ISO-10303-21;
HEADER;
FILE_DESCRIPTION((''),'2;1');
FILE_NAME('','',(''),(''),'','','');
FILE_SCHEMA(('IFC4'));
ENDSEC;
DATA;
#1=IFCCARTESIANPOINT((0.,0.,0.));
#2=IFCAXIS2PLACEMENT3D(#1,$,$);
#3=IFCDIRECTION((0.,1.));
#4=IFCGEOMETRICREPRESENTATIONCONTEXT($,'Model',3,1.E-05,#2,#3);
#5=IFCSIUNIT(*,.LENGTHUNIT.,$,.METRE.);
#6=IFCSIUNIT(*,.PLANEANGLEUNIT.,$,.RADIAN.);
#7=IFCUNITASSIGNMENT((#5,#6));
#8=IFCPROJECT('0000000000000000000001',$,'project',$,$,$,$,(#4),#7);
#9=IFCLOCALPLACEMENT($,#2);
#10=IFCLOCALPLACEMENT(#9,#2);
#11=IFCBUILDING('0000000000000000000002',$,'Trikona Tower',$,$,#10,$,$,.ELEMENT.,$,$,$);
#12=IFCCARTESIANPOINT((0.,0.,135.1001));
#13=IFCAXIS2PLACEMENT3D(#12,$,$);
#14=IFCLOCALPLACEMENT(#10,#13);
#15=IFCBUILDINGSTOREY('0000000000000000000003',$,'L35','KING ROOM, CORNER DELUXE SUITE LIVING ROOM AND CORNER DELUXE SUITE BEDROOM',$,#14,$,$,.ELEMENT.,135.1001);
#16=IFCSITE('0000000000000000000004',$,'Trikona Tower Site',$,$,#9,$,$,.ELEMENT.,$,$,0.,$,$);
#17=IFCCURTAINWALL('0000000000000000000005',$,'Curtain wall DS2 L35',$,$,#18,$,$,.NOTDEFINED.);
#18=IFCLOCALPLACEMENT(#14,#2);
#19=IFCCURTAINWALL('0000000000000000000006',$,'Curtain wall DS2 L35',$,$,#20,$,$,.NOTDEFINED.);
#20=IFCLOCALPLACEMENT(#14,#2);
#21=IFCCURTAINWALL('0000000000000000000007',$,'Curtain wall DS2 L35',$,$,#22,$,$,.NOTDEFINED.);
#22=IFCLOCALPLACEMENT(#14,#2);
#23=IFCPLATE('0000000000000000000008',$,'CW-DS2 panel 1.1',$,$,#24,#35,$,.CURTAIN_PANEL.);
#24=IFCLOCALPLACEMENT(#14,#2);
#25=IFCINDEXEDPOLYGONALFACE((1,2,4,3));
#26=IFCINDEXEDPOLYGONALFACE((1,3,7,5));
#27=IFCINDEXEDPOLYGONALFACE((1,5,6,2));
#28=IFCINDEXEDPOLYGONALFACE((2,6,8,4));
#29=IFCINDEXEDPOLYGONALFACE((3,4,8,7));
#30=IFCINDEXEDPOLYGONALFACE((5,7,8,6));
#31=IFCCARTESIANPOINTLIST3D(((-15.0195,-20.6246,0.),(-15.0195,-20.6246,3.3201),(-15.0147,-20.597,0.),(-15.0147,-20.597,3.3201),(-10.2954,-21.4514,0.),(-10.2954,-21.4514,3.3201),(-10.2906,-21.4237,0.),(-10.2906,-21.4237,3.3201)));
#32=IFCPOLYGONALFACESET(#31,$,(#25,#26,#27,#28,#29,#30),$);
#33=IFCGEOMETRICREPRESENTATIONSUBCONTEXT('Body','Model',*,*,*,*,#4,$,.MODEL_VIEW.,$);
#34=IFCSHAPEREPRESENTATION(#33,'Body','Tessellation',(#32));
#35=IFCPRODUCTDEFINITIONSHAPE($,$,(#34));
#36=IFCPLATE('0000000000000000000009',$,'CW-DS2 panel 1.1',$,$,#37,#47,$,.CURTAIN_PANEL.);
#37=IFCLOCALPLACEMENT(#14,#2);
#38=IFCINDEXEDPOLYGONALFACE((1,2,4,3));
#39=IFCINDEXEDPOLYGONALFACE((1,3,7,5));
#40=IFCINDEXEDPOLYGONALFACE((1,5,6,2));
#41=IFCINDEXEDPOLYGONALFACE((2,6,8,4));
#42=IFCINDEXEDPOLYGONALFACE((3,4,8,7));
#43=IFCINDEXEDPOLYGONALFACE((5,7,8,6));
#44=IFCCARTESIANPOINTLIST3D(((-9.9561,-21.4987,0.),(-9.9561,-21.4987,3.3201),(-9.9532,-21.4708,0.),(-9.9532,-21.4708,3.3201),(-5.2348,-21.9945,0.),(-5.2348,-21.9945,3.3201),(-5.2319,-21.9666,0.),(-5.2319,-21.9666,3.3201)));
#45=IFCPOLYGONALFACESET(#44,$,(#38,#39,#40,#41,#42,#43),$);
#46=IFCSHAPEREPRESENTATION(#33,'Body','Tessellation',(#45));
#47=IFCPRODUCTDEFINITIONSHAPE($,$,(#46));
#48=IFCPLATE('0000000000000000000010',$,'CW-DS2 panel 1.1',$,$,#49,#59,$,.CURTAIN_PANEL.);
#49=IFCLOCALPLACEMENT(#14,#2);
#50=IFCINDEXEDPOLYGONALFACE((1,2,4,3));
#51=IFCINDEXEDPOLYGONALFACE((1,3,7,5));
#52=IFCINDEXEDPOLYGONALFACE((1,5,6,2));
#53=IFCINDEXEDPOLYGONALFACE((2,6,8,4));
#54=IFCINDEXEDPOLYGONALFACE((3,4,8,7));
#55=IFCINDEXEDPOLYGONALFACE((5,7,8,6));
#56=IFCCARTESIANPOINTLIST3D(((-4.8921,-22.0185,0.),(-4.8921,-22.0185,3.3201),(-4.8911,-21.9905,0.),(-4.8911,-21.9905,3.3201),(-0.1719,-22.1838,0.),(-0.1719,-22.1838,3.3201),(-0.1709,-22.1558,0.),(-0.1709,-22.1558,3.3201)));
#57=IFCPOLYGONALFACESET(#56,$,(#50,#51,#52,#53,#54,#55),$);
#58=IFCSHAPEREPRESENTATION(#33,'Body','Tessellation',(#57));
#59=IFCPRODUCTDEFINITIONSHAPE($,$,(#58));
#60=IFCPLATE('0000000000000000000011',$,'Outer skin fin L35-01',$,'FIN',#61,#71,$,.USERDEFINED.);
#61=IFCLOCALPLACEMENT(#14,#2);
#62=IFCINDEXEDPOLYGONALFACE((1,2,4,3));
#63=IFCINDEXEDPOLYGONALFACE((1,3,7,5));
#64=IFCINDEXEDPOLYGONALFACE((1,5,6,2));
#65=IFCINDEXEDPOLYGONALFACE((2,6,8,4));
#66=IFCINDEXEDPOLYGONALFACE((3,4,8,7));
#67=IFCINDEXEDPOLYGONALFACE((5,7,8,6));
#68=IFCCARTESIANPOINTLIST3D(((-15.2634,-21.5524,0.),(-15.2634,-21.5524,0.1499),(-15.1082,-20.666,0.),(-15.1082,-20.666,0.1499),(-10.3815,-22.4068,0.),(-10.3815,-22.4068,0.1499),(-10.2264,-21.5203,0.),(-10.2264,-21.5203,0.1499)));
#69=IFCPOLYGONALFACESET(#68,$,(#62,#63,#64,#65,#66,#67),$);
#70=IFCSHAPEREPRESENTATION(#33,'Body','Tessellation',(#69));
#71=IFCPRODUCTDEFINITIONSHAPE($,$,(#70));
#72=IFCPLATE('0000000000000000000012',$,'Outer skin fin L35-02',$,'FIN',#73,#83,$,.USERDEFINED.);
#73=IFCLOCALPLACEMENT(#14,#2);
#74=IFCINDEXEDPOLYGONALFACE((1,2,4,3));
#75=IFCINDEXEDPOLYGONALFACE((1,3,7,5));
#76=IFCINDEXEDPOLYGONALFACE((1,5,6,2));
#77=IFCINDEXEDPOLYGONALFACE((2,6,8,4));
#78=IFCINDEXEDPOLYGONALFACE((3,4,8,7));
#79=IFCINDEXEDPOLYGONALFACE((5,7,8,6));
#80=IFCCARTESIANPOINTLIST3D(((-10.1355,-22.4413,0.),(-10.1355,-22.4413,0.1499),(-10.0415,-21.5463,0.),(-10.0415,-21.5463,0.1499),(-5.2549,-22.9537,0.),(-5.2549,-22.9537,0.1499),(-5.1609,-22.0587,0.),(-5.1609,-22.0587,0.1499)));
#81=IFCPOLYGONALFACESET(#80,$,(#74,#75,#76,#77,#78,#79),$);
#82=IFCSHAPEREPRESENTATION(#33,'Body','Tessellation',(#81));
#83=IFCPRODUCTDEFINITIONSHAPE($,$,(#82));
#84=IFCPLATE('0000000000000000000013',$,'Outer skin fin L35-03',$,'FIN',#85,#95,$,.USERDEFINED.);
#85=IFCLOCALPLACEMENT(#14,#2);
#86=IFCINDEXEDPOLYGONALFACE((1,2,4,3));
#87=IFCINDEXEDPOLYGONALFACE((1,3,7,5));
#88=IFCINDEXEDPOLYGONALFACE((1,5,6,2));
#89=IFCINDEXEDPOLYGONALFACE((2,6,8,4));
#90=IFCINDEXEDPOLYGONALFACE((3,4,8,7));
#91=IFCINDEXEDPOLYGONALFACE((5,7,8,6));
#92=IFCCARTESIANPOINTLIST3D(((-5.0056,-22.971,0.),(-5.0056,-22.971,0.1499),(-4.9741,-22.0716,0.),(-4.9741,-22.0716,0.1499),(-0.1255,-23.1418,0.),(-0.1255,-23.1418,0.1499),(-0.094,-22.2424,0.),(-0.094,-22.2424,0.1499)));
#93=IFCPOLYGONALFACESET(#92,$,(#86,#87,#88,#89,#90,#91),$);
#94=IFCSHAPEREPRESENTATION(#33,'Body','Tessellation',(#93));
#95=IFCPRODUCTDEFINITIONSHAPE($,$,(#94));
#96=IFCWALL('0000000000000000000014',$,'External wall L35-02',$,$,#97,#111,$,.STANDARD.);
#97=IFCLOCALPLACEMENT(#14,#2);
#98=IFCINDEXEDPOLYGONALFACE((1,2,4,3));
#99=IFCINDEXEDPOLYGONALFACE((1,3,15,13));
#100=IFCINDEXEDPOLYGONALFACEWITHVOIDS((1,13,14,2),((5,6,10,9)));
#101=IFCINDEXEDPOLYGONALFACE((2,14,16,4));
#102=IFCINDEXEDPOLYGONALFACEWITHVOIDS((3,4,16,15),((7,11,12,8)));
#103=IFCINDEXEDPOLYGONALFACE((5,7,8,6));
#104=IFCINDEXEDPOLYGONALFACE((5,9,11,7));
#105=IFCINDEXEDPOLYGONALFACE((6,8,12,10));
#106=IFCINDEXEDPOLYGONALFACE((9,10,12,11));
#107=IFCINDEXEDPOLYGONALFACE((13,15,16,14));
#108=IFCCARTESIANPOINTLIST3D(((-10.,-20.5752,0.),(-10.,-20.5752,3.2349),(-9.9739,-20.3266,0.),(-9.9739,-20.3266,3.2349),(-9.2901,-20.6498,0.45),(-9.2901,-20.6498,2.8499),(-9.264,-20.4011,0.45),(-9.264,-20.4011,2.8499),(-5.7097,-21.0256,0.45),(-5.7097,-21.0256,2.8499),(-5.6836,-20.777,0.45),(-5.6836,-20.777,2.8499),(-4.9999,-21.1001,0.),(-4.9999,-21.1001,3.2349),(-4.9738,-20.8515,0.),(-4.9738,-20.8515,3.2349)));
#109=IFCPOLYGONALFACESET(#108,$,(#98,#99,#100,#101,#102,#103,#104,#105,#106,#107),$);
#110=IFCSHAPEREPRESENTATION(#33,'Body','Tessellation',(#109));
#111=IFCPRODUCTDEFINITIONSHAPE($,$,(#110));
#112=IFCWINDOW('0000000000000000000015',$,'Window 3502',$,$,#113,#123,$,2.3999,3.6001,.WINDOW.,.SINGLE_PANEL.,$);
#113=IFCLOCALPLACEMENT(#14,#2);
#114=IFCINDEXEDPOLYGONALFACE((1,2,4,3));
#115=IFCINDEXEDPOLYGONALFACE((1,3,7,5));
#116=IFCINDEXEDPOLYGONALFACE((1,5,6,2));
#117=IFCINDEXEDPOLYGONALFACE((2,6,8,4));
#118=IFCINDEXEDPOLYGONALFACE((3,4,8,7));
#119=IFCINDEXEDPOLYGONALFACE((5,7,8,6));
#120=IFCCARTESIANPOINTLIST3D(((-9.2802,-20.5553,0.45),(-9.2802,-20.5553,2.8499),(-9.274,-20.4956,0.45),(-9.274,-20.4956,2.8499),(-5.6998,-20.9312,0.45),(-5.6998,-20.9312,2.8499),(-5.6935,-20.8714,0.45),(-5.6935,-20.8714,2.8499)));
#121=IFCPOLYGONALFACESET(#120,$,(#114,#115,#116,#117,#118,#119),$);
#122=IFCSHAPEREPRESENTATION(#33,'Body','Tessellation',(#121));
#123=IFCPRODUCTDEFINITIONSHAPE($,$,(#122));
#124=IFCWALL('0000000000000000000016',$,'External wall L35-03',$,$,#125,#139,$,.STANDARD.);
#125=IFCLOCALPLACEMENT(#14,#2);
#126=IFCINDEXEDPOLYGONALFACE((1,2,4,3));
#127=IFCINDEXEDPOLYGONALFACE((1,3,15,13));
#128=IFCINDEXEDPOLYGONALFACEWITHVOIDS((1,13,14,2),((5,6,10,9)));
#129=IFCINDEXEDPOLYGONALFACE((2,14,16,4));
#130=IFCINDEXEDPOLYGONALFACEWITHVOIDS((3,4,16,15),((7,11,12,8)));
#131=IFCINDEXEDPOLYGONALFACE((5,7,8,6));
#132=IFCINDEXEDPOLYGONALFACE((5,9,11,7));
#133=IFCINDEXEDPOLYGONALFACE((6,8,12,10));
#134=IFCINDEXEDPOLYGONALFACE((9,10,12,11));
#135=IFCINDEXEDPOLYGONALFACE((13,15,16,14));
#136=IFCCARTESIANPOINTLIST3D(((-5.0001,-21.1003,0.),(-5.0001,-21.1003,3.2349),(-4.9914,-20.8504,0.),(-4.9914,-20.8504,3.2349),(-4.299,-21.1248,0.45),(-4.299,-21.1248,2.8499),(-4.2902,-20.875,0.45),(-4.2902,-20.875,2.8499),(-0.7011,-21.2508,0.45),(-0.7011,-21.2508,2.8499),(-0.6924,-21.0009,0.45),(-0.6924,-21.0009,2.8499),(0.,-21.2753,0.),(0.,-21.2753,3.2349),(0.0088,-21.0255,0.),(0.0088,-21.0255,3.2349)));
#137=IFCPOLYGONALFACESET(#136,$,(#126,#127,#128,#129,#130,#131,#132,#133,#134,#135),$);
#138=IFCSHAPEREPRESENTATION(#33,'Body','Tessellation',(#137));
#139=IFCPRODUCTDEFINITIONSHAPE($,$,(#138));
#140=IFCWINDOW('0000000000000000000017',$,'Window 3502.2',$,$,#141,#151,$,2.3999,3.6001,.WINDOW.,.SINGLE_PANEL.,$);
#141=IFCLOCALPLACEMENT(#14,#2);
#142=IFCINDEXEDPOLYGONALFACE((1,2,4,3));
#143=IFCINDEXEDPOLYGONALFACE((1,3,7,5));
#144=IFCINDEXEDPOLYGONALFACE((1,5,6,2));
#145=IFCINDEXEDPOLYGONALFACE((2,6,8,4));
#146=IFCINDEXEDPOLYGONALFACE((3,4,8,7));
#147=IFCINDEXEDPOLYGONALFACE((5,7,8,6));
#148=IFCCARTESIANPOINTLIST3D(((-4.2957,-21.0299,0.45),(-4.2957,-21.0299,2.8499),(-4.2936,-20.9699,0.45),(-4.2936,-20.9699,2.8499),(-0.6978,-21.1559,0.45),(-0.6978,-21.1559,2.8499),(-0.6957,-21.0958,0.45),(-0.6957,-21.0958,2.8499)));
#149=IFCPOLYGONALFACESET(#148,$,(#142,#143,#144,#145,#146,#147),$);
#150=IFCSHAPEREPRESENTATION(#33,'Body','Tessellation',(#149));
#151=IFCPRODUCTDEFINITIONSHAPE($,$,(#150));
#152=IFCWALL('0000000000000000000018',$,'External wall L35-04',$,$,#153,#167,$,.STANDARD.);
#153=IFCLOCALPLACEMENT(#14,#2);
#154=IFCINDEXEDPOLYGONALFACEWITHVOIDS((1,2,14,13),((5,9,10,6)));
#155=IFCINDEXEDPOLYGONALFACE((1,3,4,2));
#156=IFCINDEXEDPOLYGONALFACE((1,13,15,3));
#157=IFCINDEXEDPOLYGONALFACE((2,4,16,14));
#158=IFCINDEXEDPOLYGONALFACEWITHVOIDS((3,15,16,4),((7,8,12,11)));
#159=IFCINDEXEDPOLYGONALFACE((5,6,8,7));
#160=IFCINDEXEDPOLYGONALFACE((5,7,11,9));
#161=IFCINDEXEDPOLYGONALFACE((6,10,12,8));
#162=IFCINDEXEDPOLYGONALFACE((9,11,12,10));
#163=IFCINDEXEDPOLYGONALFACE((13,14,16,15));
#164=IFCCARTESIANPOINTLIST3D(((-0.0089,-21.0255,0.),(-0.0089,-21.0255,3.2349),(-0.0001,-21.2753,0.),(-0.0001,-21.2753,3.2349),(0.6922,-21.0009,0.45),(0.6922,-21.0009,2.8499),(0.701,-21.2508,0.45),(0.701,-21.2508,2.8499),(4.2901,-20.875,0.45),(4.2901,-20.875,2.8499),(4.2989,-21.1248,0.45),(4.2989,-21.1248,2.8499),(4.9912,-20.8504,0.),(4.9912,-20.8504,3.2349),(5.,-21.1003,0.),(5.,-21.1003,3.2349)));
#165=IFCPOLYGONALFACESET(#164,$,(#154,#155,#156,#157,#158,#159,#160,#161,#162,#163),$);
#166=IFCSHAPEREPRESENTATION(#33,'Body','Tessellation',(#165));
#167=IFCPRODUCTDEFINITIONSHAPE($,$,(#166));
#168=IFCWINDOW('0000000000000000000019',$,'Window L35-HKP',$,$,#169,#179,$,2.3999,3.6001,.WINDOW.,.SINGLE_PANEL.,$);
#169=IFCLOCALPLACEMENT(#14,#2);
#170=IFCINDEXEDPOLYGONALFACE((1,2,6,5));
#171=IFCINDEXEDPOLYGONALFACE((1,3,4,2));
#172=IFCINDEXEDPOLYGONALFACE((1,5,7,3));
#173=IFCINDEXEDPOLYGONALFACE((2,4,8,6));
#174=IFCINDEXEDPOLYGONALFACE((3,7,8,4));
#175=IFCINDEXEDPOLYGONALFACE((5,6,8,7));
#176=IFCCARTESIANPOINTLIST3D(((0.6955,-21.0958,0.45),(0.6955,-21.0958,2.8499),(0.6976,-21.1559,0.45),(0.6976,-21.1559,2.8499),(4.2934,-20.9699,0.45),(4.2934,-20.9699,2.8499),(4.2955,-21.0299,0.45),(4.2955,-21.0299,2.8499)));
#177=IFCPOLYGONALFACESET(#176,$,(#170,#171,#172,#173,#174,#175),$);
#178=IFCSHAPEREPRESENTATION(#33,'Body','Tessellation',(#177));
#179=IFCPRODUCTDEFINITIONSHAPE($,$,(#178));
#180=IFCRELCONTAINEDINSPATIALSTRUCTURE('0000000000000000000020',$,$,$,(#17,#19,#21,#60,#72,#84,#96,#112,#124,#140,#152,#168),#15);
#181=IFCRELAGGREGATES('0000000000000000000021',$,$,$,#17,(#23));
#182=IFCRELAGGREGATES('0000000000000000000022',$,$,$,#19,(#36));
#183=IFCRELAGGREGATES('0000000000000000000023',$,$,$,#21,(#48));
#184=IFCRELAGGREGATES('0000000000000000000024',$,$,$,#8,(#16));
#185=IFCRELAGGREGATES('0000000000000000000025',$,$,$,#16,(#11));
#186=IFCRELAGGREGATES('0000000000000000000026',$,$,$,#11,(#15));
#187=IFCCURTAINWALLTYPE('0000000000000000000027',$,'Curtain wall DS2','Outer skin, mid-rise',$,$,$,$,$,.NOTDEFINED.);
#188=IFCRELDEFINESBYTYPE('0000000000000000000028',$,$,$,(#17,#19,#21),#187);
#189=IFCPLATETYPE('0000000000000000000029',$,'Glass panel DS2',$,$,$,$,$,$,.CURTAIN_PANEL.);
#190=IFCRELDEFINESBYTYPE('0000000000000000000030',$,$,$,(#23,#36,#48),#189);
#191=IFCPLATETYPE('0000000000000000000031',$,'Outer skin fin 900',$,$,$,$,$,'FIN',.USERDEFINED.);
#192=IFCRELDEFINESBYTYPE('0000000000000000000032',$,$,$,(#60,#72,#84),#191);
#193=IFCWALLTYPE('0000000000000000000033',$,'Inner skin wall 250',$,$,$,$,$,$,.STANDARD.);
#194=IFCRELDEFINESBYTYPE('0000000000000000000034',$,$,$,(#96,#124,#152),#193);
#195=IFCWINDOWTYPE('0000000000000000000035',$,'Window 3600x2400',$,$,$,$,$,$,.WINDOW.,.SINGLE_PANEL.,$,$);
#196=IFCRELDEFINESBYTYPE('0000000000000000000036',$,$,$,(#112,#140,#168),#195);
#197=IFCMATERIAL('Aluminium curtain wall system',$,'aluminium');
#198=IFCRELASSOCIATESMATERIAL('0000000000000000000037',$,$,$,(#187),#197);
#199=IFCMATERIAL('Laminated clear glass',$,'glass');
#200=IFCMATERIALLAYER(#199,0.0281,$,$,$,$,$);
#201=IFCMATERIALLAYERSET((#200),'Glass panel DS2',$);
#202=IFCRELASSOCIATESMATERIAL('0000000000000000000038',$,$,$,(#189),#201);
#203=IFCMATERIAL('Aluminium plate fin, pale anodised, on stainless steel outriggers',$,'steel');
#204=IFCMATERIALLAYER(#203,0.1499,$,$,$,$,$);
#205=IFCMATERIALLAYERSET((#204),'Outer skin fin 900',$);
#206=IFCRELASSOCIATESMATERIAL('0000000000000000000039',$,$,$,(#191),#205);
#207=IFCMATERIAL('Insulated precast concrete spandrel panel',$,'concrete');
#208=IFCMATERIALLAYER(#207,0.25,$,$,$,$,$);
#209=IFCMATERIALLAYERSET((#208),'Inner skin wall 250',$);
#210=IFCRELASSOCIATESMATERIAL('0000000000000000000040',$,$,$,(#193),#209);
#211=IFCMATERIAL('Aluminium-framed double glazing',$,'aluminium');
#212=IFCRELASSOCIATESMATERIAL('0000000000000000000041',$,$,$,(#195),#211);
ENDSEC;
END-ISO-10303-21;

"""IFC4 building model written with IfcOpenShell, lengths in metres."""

from ifc_helpers import new_model, si_unit, direction, frame, frame_2d, origin, origin_2d, place, context, subcontext, project, spatial, rectangle, extrude, material, layer, layer_set, type_object, element, fill, aggregate, save


model = new_model("IFC4")

# Units and contexts
model_context = context("Model", 3, precision=1e-05, world=origin(), true_north=direction((0.0, 1.0)))
body_context = subcontext(model_context, "Body", "Model", "MODEL_VIEW")
ifc_project = project(units=[si_unit("LENGTHUNIT", "METRE"), si_unit("PLANEANGLEUNIT", "RADIAN")], contexts=[model_context])

# Site, building, storey
site_placement = place(None, origin())
site = spatial("IfcSite", under=ifc_project, at=site_placement, Name="Trikona Tower Site", CompositionType="ELEMENT", RefElevation=0.0)
building_placement = place(site_placement, origin())
building = spatial("IfcBuilding", under=site, at=building_placement, Name="Trikona Tower", CompositionType="ELEMENT")
storey_placement = place(building_placement, frame((0.0, 0.0, 135.1001)))
storey = spatial("IfcBuildingStorey", under=building, at=storey_placement, Name="L35", Description="KING ROOM, CORNER DELUXE SUITE LIVING ROOM AND CORNER DELUXE SUITE BEDROOM", CompositionType="ELEMENT", Elevation=135.1001)

# Curtain wall
ifc_material_1 = material(Name="Aluminium curtain wall system", Category="aluminium")
curtain_wall_type = type_object("IfcCurtainWallType", Name="Curtain wall DS2", Description="Outer skin, mid-rise", PredefinedType="NOTDEFINED", material=ifc_material_1)
curtain_wall_1_placement = place(storey_placement, origin())
curtain_wall_1 = element("IfcCurtainWall", 1, at=curtain_wall_1_placement, inside=storey, type_object=curtain_wall_type, Name="Curtain wall DS2 L35", PredefinedType="NOTDEFINED")

# Curtain walls
curtain_wall_2_placement = place(storey_placement, origin())
curtain_wall_2 = element("IfcCurtainWall", 2, at=curtain_wall_2_placement, inside=storey, type_object=curtain_wall_type, Name="Curtain wall DS2 L35", PredefinedType="NOTDEFINED")
curtain_wall_3_placement = place(storey_placement, origin())
curtain_wall_3 = element("IfcCurtainWall", 3, at=curtain_wall_3_placement, inside=storey, type_object=curtain_wall_type, Name="Curtain wall DS2 L35", PredefinedType="NOTDEFINED")

# Plates
ifc_material_2 = material(Name="Laminated clear glass", Category="glass")
ifc_layer_1 = layer(ifc_material_2, 0.0281)
ifc_layer_set_1 = layer_set([ifc_layer_1], Name="Glass panel DS2")
plate_type_1 = type_object("IfcPlateType", Name="Glass panel DS2", PredefinedType="CURTAIN_PANEL", material=ifc_layer_set_1)
plate_1_placement = place(storey_placement, frame((-12.655, -21.0242, 0.0), z_axis=(0.0, 0.0, 1.0), x_axis=(0.985031, -0.172377, 0.0)))
plate_1 = element("IfcPlate", 4, at=plate_1_placement, type_object=plate_type_1, Name="CW-DS2 panel 1.1", PredefinedType="CURTAIN_PANEL", context=body_context, shape_type="SweptSolid", body=[
    extrude(rectangle(XDim=4.7959, YDim=0.0281, at=origin_2d()), origin(), (0.0, 0.0, 1.0), 3.3201),
])
aggregate(curtain_wall_1, [plate_1])
plate_2_placement = place(storey_placement, frame((-7.594, -21.7327, 0.0), z_axis=(0.0, 0.0, 1.0), x_axis=(0.994532, -0.104433, 0.0)))
plate_2 = element("IfcPlate", 5, at=plate_2_placement, type_object=plate_type_1, Name="CW-DS2 panel 1.1", PredefinedType="CURTAIN_PANEL", context=body_context, shape_type="SweptSolid", body=[
    extrude(rectangle(XDim=4.7473, YDim=0.0281, at=origin_2d()), origin(), (0.0, 0.0, 1.0), 3.3201),
])
aggregate(curtain_wall_2, [plate_2])
plate_3_placement = place(storey_placement, frame((-2.5315, -22.0872, 0.0), z_axis=(0.0, 0.0, 1.0), x_axis=(0.999387, -0.034998, 0.0)))
plate_3 = element("IfcPlate", 6, at=plate_3_placement, type_object=plate_type_1, Name="CW-DS2 panel 1.1", PredefinedType="CURTAIN_PANEL", context=body_context, shape_type="SweptSolid", body=[
    extrude(rectangle(XDim=4.7231, YDim=0.0281, at=origin_2d()), origin(), (0.0, 0.0, 1.0), 3.3201),
])
aggregate(curtain_wall_3, [plate_3])

# Plates
ifc_material_3 = material(Name="Aluminium plate fin, pale anodised, on stainless steel outriggers", Category="steel")
ifc_layer_2 = layer(ifc_material_3, 0.1499)
ifc_layer_set_2 = layer_set([ifc_layer_2], Name="Outer skin fin 900")
plate_type_2 = type_object("IfcPlateType", Name="Outer skin fin 900", ElementType="FIN", PredefinedType="USERDEFINED", material=ifc_layer_set_2)
plate_4_placement = place(storey_placement, frame((-12.7449, -21.5364, 0.0), z_axis=(0.0, 0.0, 1.0), x_axis=(0.985031, -0.17238, 0.0)))
element("IfcPlate", 7, at=plate_4_placement, inside=storey, type_object=plate_type_2, Name="Outer skin fin L35-01", ObjectType="FIN", PredefinedType="USERDEFINED", context=body_context, shape_type="SweptSolid", body=[
    extrude(rectangle(XDim=4.9561, YDim=0.8999, at=origin_2d()), origin(), (0.0, 0.0, 1.0), 0.1499),
])
plate_5_placement = place(storey_placement, frame((-7.6482, -22.25, 0.0), z_axis=(0.0, 0.0, 1.0), x_axis=(0.994533, -0.104426, 0.0)))
element("IfcPlate", 8, at=plate_5_placement, inside=storey, type_object=plate_type_2, Name="Outer skin fin L35-02", ObjectType="FIN", PredefinedType="USERDEFINED", context=body_context, shape_type="SweptSolid", body=[
    extrude(rectangle(XDim=4.9075, YDim=0.8999, at=origin_2d()), origin(), (0.0, 0.0, 1.0), 0.1499),
])
plate_6_placement = place(storey_placement, frame((-2.5498, -22.6067, 0.0), z_axis=(0.0, 0.0, 1.0), x_axis=(0.999388, -0.034978, 0.0)))
element("IfcPlate", 9, at=plate_6_placement, inside=storey, type_object=plate_type_2, Name="Outer skin fin L35-03", ObjectType="FIN", PredefinedType="USERDEFINED", context=body_context, shape_type="SweptSolid", body=[
    extrude(rectangle(XDim=4.8831, YDim=0.8999, at=origin_2d()), origin(), (0.0, 0.0, 1.0), 0.1499),
])

# Walls, openings, windows
ifc_material_4 = material(Name="Insulated precast concrete spandrel panel", Category="concrete")
ifc_layer_3 = layer(ifc_material_4, 0.25)
ifc_layer_set_3 = layer_set([ifc_layer_3], Name="Inner skin wall 250")
wall_type = type_object("IfcWallType", Name="Inner skin wall 250", PredefinedType="STANDARD", material=ifc_layer_set_3)
wall_1_placement = place(storey_placement, frame((-9.9868, -20.4509, 0.0), z_axis=(0.0, 0.0, 1.0), x_axis=(0.994535, -0.104407, 0.0)))
wall_1 = element("IfcWall", 10, at=wall_1_placement, inside=storey, type_object=wall_type, Name="External wall L35-02", PredefinedType="STANDARD", context=body_context, shape_type="SweptSolid", body=[
    extrude(rectangle(XDim=5.0276, YDim=0.25, at=frame_2d((2.5137, 0.0))), origin(), (0.0, 0.0, 1.0), 3.2349),
])
opening_1_placement = place(wall_1_placement, frame((0.7136, 0.0, 0.45)))
opening_1 = element("IfcOpeningElement", 11, at=opening_1_placement, cuts=wall_1, PredefinedType="OPENING", context=body_context, shape_type="SweptSolid", body=[
    extrude(rectangle(XDim=3.6001, YDim=2.3999, at=frame_2d((1.8, 1.2))), frame((0.0, 0.135, 0.0), z_axis=(0.0, -1.0, 0.0), x_axis=(1.0, 0.0, 0.0)), (0.0, 0.0, 1.0), 0.27),
])
ifc_material_5 = material(Name="Aluminium-framed double glazing", Category="aluminium")
window_type = type_object("IfcWindowType", Name="Window 3600x2400", PartitioningType="SINGLE_PANEL", PredefinedType="WINDOW", material=ifc_material_5)
window_1_placement = place(opening_1_placement, origin())
window_1 = element("IfcWindow", 12, at=window_1_placement, inside=storey, type_object=window_type, Name="Window 3502", OverallHeight=2.3999, OverallWidth=3.6001, PartitioningType="SINGLE_PANEL", PredefinedType="WINDOW", context=body_context, shape_type="SweptSolid", body=[
    extrude(rectangle(XDim=3.6001, YDim=2.3999, at=frame_2d((1.8, 1.2))), frame((0.0, 0.03, 0.0), z_axis=(0.0, -1.0, 0.0), x_axis=(1.0, 0.0, 0.0)), (0.0, 0.0, 1.0), 0.0601),
])
fill(opening_1, window_1)
wall_2_placement = place(storey_placement, frame((-4.9956, -20.9753, 0.0), z_axis=(0.0, 0.0, 1.0), x_axis=(0.999388, -0.034988, 0.0)))
wall_2 = element("IfcWall", 13, at=wall_2_placement, inside=storey, type_object=wall_type, Name="External wall L35-03", PredefinedType="STANDARD", context=body_context, shape_type="SweptSolid", body=[
    extrude(rectangle(XDim=5.0032, YDim=0.25, at=frame_2d((2.5015, 0.0))), origin(), (0.0, 0.0, 1.0), 3.2349),
])
opening_2_placement = place(wall_2_placement, frame((0.7014, 0.0, 0.45)))
opening_2 = element("IfcOpeningElement", 14, at=opening_2_placement, cuts=wall_2, PredefinedType="OPENING", context=body_context, shape_type="SweptSolid", body=[
    extrude(rectangle(XDim=3.6001, YDim=2.3999, at=frame_2d((1.8, 1.2))), frame((0.0, 0.135, 0.0), z_axis=(0.0, -1.0, 0.0), x_axis=(1.0, 0.0, 0.0)), (0.0, 0.0, 1.0), 0.27),
])
window_2_placement = place(opening_2_placement, origin())
window_2 = element("IfcWindow", 15, at=window_2_placement, inside=storey, type_object=window_type, Name="Window 3502.2", OverallHeight=2.3999, OverallWidth=3.6001, PartitioningType="SINGLE_PANEL", PredefinedType="WINDOW", context=body_context, shape_type="SweptSolid", body=[
    extrude(rectangle(XDim=3.6001, YDim=2.3999, at=frame_2d((1.8, 1.2))), frame((0.0, 0.03, 0.0), z_axis=(0.0, -1.0, 0.0), x_axis=(1.0, 0.0, 0.0)), (0.0, 0.0, 1.0), 0.0601),
])
fill(opening_2, window_2)
wall_3_placement = place(storey_placement, frame((-0.0044, -21.1504, 0.0), z_axis=(0.0, 0.0, 1.0), x_axis=(0.999388, 0.034988, 0.0)))
wall_3 = element("IfcWall", 16, at=wall_3_placement, inside=storey, type_object=wall_type, Name="External wall L35-04", PredefinedType="STANDARD", context=body_context, shape_type="SweptSolid", body=[
    extrude(rectangle(XDim=5.0032, YDim=0.25, at=frame_2d((2.5015, 0.0))), origin(), (0.0, 0.0, 1.0), 3.2349),
])
opening_3_placement = place(wall_3_placement, frame((0.7014, 0.0, 0.45)))
opening_3 = element("IfcOpeningElement", 17, at=opening_3_placement, cuts=wall_3, PredefinedType="OPENING", context=body_context, shape_type="SweptSolid", body=[
    extrude(rectangle(XDim=3.6001, YDim=2.3999, at=frame_2d((1.8, 1.2))), frame((0.0, 0.135, 0.0), z_axis=(0.0, -1.0, 0.0), x_axis=(1.0, 0.0, 0.0)), (0.0, 0.0, 1.0), 0.27),
])
window_3_placement = place(opening_3_placement, origin())
window_3 = element("IfcWindow", 18, at=window_3_placement, inside=storey, type_object=window_type, Name="Window L35-HKP", OverallHeight=2.3999, OverallWidth=3.6001, PartitioningType="SINGLE_PANEL", PredefinedType="WINDOW", context=body_context, shape_type="SweptSolid", body=[
    extrude(rectangle(XDim=3.6001, YDim=2.3999, at=frame_2d((1.8, 1.2))), frame((0.0, 0.03, 0.0), z_axis=(0.0, -1.0, 0.0), x_axis=(1.0, 0.0, 0.0)), (0.0, 0.0, 1.0), 0.0601),
])
fill(opening_3, window_3)

save(model, "model.ifc")
